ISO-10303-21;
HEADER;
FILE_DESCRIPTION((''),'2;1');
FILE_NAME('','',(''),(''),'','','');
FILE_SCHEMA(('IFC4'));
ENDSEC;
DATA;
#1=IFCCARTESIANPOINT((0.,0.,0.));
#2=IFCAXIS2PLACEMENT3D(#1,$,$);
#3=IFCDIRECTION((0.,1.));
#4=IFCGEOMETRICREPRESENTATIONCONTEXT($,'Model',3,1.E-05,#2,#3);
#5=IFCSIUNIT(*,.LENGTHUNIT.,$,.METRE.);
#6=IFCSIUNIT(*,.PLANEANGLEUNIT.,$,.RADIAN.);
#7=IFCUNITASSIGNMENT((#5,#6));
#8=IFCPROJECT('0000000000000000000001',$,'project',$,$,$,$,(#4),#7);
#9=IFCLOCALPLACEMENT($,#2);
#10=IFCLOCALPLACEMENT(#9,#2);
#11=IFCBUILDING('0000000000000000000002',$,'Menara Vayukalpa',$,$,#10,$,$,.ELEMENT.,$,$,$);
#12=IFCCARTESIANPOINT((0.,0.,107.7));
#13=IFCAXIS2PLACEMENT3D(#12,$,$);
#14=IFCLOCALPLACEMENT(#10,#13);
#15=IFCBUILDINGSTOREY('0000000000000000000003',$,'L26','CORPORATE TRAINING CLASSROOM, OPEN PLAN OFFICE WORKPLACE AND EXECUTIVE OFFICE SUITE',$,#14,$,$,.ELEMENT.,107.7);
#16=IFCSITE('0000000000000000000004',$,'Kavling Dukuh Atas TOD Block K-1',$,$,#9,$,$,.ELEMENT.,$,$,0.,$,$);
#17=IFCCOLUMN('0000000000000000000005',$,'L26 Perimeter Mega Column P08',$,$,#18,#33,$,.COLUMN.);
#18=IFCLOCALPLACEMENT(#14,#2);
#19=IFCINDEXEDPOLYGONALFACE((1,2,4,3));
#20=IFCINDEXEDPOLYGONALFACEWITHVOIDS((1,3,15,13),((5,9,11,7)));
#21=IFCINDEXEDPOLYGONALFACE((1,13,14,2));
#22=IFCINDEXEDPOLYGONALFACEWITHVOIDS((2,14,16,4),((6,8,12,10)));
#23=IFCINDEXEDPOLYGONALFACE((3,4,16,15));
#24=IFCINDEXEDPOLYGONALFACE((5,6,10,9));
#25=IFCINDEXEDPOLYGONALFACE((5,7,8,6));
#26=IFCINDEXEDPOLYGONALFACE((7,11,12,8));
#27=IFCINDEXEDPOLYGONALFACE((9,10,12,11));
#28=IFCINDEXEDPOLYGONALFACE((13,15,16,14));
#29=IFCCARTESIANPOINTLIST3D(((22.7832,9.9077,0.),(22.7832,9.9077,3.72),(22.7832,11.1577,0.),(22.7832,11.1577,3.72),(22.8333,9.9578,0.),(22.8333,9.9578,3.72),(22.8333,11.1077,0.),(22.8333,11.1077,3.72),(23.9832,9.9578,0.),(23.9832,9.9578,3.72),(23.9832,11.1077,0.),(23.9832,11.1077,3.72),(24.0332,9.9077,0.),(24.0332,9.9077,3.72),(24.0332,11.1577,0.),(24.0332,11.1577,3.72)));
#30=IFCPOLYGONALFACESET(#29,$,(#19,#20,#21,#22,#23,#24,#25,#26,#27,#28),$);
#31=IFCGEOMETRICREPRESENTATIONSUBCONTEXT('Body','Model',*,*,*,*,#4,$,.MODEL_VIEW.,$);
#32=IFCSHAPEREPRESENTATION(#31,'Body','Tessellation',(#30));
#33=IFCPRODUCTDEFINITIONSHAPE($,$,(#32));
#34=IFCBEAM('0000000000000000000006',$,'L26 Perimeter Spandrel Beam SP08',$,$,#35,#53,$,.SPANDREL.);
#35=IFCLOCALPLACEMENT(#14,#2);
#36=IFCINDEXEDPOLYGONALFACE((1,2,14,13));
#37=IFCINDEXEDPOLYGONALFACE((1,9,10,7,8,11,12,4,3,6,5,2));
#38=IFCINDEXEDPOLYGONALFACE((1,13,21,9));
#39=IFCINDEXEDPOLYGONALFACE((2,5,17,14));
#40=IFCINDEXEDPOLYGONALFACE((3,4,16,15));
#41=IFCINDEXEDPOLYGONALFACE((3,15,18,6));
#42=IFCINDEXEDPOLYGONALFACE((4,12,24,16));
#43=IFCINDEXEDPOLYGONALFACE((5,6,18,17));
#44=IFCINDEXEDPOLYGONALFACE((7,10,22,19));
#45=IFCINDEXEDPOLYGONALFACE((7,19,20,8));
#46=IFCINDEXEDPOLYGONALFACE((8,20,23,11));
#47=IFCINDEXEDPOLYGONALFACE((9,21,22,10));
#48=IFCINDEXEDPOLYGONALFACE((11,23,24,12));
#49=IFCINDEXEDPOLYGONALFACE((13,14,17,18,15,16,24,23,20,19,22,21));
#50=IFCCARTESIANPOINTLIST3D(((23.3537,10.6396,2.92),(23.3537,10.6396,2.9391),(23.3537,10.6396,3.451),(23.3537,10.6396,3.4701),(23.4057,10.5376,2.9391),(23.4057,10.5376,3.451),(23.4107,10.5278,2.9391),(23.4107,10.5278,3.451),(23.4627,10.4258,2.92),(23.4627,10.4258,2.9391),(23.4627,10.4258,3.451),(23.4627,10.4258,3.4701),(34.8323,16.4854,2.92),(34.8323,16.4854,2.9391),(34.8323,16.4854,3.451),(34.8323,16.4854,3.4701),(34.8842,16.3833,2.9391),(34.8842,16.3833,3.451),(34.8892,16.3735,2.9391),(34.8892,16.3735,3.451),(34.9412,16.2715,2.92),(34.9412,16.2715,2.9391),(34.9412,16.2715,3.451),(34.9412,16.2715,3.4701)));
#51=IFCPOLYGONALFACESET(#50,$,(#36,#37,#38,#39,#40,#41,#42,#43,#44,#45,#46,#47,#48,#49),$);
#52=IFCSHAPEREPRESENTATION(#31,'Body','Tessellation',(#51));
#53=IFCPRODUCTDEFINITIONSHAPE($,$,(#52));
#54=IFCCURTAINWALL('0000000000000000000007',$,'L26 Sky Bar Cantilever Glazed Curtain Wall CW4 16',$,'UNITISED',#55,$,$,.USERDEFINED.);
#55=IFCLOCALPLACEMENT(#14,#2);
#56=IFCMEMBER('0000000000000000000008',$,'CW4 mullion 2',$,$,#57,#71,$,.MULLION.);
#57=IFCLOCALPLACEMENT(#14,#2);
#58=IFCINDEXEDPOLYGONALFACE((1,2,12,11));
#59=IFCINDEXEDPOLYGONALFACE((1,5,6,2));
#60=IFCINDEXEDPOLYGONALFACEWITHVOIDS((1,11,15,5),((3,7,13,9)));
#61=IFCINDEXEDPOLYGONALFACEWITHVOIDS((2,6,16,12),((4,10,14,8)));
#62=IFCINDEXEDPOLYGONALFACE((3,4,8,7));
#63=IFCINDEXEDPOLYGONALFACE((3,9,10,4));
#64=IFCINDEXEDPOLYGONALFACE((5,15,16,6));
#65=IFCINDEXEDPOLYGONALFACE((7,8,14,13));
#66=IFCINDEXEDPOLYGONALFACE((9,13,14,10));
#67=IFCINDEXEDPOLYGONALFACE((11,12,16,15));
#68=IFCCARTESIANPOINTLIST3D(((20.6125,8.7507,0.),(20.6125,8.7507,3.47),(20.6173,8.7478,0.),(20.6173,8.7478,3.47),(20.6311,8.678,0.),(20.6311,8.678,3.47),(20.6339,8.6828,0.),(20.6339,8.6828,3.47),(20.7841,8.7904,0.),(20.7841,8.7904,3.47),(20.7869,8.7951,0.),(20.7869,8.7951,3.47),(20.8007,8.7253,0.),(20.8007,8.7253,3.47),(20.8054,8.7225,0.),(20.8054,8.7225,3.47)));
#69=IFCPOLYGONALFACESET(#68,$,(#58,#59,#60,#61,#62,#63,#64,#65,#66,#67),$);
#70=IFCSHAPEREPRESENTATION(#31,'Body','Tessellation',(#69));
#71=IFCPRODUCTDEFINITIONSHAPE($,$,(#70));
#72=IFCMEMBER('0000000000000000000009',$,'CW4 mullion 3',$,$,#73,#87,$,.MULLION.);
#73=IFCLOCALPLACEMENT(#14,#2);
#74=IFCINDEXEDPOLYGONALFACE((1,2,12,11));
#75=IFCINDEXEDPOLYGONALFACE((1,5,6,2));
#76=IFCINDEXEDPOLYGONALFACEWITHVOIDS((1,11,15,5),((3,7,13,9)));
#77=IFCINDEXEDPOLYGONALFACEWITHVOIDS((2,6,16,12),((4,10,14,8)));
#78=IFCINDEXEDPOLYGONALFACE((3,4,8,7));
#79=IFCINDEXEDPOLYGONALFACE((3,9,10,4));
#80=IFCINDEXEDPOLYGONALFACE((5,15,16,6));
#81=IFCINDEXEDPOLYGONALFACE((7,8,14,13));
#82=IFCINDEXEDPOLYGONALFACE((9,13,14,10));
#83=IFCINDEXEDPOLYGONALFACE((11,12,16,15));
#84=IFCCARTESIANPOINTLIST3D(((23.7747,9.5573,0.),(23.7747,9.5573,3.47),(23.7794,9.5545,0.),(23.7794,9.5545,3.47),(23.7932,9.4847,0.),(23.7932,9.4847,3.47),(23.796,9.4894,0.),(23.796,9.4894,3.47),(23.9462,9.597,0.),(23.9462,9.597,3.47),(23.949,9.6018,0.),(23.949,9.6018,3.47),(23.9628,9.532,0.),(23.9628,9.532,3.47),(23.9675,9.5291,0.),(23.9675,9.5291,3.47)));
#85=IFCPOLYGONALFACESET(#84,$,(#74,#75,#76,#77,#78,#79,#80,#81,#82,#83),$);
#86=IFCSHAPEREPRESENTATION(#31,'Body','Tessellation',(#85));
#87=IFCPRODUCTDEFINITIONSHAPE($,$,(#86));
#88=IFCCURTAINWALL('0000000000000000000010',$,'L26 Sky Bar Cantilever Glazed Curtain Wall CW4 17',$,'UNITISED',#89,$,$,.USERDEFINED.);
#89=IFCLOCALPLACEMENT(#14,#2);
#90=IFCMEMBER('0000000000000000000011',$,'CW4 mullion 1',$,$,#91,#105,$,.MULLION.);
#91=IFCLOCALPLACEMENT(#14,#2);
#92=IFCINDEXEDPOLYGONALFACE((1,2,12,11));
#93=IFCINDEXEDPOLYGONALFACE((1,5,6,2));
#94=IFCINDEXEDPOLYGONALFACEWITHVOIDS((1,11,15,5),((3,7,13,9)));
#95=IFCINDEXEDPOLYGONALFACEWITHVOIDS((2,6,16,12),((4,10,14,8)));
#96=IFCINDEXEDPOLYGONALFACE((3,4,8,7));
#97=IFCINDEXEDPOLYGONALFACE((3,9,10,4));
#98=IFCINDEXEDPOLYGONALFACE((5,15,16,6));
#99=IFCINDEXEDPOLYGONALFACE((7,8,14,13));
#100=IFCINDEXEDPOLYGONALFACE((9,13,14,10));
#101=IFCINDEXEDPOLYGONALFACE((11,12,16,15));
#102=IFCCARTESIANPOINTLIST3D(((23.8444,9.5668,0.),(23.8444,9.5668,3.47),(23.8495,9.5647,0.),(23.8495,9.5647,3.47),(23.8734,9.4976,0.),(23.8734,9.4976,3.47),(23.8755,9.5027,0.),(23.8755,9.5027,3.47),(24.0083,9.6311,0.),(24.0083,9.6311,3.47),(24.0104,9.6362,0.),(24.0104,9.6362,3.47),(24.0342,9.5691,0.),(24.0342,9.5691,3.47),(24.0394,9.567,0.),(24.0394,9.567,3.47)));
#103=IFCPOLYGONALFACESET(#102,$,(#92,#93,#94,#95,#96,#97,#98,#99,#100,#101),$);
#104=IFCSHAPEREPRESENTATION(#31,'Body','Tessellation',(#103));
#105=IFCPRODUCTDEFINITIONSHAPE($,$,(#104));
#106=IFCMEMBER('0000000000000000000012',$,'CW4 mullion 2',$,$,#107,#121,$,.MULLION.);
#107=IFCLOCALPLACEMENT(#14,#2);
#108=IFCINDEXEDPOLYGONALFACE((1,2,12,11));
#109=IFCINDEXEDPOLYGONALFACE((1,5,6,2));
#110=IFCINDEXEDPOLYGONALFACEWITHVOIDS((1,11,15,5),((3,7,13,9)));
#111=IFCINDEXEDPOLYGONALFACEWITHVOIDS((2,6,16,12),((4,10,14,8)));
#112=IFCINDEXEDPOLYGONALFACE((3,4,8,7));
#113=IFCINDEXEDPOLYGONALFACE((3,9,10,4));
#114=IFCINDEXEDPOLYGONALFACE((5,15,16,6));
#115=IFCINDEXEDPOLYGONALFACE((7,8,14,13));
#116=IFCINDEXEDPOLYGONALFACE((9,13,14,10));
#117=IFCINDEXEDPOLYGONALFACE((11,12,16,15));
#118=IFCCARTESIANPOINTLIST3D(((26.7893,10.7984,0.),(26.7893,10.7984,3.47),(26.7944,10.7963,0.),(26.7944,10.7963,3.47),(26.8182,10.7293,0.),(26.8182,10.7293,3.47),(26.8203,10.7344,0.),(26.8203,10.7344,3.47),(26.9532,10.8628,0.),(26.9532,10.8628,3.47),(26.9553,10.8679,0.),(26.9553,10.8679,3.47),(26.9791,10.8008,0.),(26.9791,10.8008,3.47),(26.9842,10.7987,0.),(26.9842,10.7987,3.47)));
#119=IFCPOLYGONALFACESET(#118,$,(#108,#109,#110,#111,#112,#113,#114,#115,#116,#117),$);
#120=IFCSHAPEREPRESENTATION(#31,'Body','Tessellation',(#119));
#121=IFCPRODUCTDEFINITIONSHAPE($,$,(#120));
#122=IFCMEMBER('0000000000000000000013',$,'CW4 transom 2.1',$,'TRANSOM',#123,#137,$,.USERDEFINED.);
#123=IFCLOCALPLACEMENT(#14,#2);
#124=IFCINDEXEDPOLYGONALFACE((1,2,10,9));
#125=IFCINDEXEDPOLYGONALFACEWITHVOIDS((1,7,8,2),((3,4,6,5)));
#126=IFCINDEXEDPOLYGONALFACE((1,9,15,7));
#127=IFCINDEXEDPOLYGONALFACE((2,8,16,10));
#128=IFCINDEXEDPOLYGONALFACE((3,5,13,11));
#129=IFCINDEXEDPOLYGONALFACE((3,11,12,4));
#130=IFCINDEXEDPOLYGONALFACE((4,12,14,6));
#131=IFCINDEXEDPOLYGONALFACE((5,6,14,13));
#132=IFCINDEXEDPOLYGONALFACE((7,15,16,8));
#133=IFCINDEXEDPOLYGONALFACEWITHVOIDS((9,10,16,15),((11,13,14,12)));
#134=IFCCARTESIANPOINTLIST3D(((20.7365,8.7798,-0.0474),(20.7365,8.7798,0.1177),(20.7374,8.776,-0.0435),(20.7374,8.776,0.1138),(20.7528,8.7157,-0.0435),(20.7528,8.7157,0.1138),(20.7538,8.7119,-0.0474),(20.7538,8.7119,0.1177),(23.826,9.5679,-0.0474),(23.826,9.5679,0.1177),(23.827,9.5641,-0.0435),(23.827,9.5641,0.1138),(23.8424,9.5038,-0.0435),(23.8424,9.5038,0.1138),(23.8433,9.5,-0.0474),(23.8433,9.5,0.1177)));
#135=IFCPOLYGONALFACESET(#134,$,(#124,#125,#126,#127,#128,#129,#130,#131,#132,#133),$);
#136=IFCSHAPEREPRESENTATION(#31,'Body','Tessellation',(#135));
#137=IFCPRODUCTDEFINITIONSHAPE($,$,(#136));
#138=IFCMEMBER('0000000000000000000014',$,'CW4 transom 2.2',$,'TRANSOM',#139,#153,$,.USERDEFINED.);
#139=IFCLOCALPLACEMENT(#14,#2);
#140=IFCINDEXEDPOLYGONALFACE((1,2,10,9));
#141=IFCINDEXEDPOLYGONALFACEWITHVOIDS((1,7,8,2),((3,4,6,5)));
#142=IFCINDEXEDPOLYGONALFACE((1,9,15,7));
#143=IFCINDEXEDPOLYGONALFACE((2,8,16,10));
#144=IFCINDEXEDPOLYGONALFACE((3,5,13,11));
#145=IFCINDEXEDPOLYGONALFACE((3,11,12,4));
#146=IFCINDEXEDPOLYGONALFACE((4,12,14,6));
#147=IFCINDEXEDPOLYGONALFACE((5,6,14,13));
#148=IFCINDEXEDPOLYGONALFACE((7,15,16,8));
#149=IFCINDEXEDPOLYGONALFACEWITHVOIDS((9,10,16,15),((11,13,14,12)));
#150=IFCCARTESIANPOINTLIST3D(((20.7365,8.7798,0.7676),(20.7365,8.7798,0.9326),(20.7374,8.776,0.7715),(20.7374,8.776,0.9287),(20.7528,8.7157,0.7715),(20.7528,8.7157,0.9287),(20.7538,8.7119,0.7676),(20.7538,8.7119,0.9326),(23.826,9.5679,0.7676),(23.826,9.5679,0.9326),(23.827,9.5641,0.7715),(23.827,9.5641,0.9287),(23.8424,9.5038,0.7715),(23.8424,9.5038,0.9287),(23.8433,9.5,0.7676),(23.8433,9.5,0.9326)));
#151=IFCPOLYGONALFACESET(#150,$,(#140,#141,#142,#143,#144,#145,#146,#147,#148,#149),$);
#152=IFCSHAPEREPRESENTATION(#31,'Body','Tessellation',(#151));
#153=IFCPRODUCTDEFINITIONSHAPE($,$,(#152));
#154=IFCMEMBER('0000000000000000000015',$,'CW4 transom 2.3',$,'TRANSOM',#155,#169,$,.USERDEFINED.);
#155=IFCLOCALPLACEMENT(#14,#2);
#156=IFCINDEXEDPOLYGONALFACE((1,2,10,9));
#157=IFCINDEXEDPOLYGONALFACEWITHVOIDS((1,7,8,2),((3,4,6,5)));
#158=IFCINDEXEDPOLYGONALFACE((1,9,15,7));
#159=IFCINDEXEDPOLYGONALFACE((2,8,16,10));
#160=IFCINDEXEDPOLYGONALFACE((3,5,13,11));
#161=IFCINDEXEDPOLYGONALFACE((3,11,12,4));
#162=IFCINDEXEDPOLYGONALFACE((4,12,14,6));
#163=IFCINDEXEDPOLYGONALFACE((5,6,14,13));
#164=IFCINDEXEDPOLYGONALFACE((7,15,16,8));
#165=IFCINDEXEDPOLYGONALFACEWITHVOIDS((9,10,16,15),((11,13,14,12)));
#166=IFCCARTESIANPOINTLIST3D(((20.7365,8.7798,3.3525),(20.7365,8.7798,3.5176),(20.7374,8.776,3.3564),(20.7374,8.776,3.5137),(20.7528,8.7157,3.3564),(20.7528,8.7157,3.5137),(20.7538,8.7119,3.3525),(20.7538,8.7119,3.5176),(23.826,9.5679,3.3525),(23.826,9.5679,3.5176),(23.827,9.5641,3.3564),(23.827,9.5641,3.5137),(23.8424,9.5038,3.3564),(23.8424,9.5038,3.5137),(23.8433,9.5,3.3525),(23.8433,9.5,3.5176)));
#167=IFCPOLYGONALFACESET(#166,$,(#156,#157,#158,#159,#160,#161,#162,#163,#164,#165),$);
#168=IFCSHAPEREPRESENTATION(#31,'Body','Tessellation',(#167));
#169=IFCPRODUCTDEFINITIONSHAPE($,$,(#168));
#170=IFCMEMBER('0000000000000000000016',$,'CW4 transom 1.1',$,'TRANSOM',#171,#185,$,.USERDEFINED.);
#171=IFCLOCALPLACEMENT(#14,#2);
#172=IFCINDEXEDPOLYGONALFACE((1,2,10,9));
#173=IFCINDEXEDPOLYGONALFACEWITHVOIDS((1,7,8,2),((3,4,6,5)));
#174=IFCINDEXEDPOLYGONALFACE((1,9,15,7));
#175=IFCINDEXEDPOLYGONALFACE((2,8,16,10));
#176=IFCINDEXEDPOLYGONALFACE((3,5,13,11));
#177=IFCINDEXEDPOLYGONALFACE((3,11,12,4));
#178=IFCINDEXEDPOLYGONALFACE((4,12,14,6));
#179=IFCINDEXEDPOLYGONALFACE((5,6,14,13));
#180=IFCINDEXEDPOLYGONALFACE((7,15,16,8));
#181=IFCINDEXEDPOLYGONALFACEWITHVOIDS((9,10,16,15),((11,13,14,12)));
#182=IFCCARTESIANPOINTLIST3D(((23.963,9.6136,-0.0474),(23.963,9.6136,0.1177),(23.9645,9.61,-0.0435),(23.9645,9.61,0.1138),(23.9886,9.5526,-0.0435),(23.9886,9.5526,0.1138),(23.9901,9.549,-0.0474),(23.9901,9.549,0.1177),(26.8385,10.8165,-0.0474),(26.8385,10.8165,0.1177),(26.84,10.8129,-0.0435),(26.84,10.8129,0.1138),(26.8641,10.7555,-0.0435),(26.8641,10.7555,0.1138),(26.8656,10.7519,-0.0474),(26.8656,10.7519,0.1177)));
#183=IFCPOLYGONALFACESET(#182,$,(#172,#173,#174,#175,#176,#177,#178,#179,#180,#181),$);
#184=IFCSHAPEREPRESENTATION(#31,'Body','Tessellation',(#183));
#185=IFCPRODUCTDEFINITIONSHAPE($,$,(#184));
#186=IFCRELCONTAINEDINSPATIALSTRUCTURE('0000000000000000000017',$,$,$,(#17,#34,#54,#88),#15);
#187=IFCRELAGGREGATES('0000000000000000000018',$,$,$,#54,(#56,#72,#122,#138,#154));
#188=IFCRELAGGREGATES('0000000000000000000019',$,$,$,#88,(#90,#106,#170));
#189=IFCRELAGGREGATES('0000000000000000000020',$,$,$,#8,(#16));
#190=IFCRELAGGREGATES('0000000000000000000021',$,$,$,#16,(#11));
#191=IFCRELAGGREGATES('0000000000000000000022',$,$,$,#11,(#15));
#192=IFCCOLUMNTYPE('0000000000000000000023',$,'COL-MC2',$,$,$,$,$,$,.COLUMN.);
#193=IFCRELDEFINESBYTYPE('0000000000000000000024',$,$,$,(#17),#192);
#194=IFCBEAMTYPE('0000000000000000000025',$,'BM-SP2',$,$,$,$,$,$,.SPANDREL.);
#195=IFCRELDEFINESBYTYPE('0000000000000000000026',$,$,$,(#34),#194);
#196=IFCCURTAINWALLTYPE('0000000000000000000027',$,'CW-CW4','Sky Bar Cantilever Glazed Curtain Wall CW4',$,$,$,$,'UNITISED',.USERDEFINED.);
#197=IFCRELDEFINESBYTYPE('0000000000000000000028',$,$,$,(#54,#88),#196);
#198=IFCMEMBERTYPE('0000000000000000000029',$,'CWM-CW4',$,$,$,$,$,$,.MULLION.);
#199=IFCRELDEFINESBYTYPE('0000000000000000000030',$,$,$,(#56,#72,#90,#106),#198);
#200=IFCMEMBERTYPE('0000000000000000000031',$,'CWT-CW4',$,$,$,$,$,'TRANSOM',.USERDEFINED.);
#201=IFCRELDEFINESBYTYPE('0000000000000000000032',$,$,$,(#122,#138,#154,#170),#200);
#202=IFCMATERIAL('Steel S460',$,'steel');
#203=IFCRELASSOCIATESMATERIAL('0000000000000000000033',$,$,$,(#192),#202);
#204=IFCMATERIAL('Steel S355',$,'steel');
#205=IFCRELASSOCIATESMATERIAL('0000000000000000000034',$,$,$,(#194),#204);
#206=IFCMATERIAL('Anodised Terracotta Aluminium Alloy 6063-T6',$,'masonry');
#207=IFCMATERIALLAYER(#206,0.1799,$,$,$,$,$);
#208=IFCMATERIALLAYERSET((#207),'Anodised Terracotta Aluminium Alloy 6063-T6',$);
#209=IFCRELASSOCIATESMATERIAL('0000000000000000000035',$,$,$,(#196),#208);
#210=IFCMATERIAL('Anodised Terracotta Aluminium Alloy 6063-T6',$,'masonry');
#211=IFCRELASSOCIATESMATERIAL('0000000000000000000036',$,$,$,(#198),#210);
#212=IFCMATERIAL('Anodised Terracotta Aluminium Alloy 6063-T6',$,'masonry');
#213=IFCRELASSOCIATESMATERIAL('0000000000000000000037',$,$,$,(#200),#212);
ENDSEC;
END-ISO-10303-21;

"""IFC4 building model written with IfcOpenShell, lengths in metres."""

from ifc_helpers import new_model, si_unit, direction, frame, origin, origin_2d, place, context, subcontext, project, spatial, hollow_rectangle, i_section, extrude, material, layer, layer_set, material_profile, profile_set, type_object, element, aggregate, save


model = new_model("IFC4")

# Units and contexts
model_context = context("Model", 3, precision=1e-05, world=origin(), true_north=direction((0.0, 1.0)))
body_context = subcontext(model_context, "Body", "Model", "MODEL_VIEW")
ifc_project = project(units=[si_unit("LENGTHUNIT", "METRE"), si_unit("PLANEANGLEUNIT", "RADIAN")], contexts=[model_context])

# Site, building, storey
site_placement = place(None, origin())
site = spatial("IfcSite", under=ifc_project, at=site_placement, Name="Kavling Dukuh Atas TOD Block K-1", CompositionType="ELEMENT", RefElevation=0.0)
building_placement = place(site_placement, origin())
building = spatial("IfcBuilding", under=site, at=building_placement, Name="Menara Vayukalpa", CompositionType="ELEMENT")
storey_placement = place(building_placement, frame((0.0, 0.0, 107.7)))
storey = spatial("IfcBuildingStorey", under=building, at=storey_placement, Name="L26", Description="CORPORATE TRAINING CLASSROOM, OPEN PLAN OFFICE WORKPLACE AND EXECUTIVE OFFICE SUITE", CompositionType="ELEMENT", Elevation=107.7)

# Column
ifc_material_1 = material(Name="Steel S460", Category="steel")
ifc_material_profile_1 = material_profile(ifc_material_1, hollow_rectangle(XDim=1.25, YDim=1.25, WallThickness=0.05, at=origin_2d()), Name="BOX 1250x1250x50")
ifc_profile_set_1 = profile_set([ifc_material_profile_1], Name="Steel S460")
column_type = type_object("IfcColumnType", Name="COL-MC2", PredefinedType="COLUMN", material=ifc_profile_set_1)
column_placement = place(storey_placement, frame((23.4082, 10.5327, 0.0), z_axis=(0.0, 0.0, 1.0), x_axis=(1.0, 0.0, 0.0)))
element("IfcColumn", 1, at=column_placement, inside=storey, type_object=column_type, Name="L26 Perimeter Mega Column P08", PredefinedType="COLUMN", context=body_context, shape_type="SweptSolid", body=[
    extrude(hollow_rectangle(XDim=1.25, YDim=1.25, WallThickness=0.05, at=origin_2d()), origin(), (0.0, 0.0, 1.0), 3.72),
])

# Beam
ifc_material_2 = material(Name="Steel S355", Category="steel")
ifc_material_profile_2 = material_profile(ifc_material_2, i_section(OverallWidth=0.24, OverallDepth=0.55, WebThickness=0.011, FlangeThickness=0.019, at=origin_2d()), Name="WF 550x240x11x19")
ifc_profile_set_2 = profile_set([ifc_material_profile_2], Name="Steel S355")
beam_type = type_object("IfcBeamType", Name="BM-SP2", PredefinedType="SPANDREL", material=ifc_profile_set_2)
beam_placement = place(storey_placement, frame((23.4082, 10.5327, 3.1951), z_axis=(0.891097, 0.453812, 0.0), x_axis=(-0.453812, 0.891097, 0.0)))
element("IfcBeam", 2, at=beam_placement, inside=storey, type_object=beam_type, Name="L26 Perimeter Spandrel Beam SP08", PredefinedType="SPANDREL", context=body_context, shape_type="SweptSolid", body=[
    extrude(i_section(OverallWidth=0.24, OverallDepth=0.55, WebThickness=0.011, FlangeThickness=0.019, at=origin_2d()), origin(), (0.0, 0.0, 1.0), 12.8813),
])

# Curtain walls, members
ifc_material_3 = material(Name="Anodised Terracotta Aluminium Alloy 6063-T6", Category="masonry")
ifc_layer_1 = layer(ifc_material_3, 0.1799)
ifc_layer_set_1 = layer_set([ifc_layer_1], Name="Anodised Terracotta Aluminium Alloy 6063-T6")
curtain_wall_type = type_object("IfcCurtainWallType", Name="CW-CW4", Description="Sky Bar Cantilever Glazed Curtain Wall CW4", ElementType="UNITISED", PredefinedType="USERDEFINED", material=ifc_layer_set_1)
curtain_wall_1_placement = place(storey_placement, origin())
curtain_wall_1 = element("IfcCurtainWall", 3, at=curtain_wall_1_placement, inside=storey, type_object=curtain_wall_type, Name="L26 Sky Bar Cantilever Glazed Curtain Wall CW4 16", ObjectType="UNITISED", PredefinedType="USERDEFINED")
ifc_material_4 = material(Name="Anodised Terracotta Aluminium Alloy 6063-T6", Category="masonry")
ifc_material_profile_3 = material_profile(ifc_material_4, hollow_rectangle(XDim=0.075, YDim=0.1799, WallThickness=0.0039, at=origin_2d()), Name="ALU 75x180x4")
ifc_profile_set_3 = profile_set([ifc_material_profile_3], Name="Anodised Terracotta Aluminium Alloy 6063-T6")
member_type_1 = type_object("IfcMemberType", Name="CWM-CW4", PredefinedType="MULLION", material=ifc_profile_set_3)
member_1_placement = place(storey_placement, frame((20.709, 8.7366, 0.0), z_axis=(0.0, 0.0, 1.0), x_axis=(-0.247131, 0.968982, 0.0)))
member_1 = element("IfcMember", 4, at=member_1_placement, type_object=member_type_1, Name="CW4 mullion 2", PredefinedType="MULLION", context=body_context, shape_type="SweptSolid", body=[
    extrude(hollow_rectangle(XDim=0.075, YDim=0.1799, WallThickness=0.0039, at=origin_2d()), origin(), (0.0, 0.0, 1.0), 3.47),
])
member_2_placement = place(storey_placement, frame((23.8711, 9.5432, 0.0), z_axis=(0.0, 0.0, 1.0), x_axis=(-0.247131, 0.968982, 0.0)))
member_2 = element("IfcMember", 5, at=member_2_placement, type_object=member_type_1, Name="CW4 mullion 3", PredefinedType="MULLION", context=body_context, shape_type="SweptSolid", body=[
    extrude(hollow_rectangle(XDim=0.075, YDim=0.1799, WallThickness=0.0039, at=origin_2d()), origin(), (0.0, 0.0, 1.0), 3.47),
])
curtain_wall_2_placement = place(storey_placement, origin())
curtain_wall_2 = element("IfcCurtainWall", 6, at=curtain_wall_2_placement, inside=storey, type_object=curtain_wall_type, Name="L26 Sky Bar Cantilever Glazed Curtain Wall CW4 17", ObjectType="UNITISED", PredefinedType="USERDEFINED")
member_3_placement = place(storey_placement, frame((23.9419, 9.5669, 0.0), z_axis=(0.0, 0.0, 1.0), x_axis=(-0.385894, 0.922543, 0.0)))
member_3 = element("IfcMember", 7, at=member_3_placement, type_object=member_type_1, Name="CW4 mullion 1", PredefinedType="MULLION", context=body_context, shape_type="SweptSolid", body=[
    extrude(hollow_rectangle(XDim=0.075, YDim=0.1799, WallThickness=0.0039, at=origin_2d()), origin(), (0.0, 0.0, 1.0), 3.47),
])
member_4_placement = place(storey_placement, frame((26.8867, 10.7986, 0.0), z_axis=(0.0, 0.0, 1.0), x_axis=(-0.385894, 0.922543, 0.0)))
member_4 = element("IfcMember", 8, at=member_4_placement, type_object=member_type_1, Name="CW4 mullion 2", PredefinedType="MULLION", context=body_context, shape_type="SweptSolid", body=[
    extrude(hollow_rectangle(XDim=0.075, YDim=0.1799, WallThickness=0.0039, at=origin_2d()), origin(), (0.0, 0.0, 1.0), 3.47),
])

# Members
ifc_material_5 = material(Name="Anodised Terracotta Aluminium Alloy 6063-T6", Category="masonry")
ifc_material_profile_4 = material_profile(ifc_material_5, hollow_rectangle(XDim=0.0701, YDim=0.165, WallThickness=0.0039, at=origin_2d()), Name="ALU 70x165x4")
ifc_profile_set_4 = profile_set([ifc_material_profile_4], Name="Anodised Terracotta Aluminium Alloy 6063-T6")
member_type_2 = type_object("IfcMemberType", Name="CWT-CW4", ElementType="TRANSOM", PredefinedType="USERDEFINED", material=ifc_profile_set_4)
member_5_placement = place(storey_placement, frame((20.7451, 8.7458, 0.0352), z_axis=(0.968974, 0.247163, 0.0), x_axis=(-0.247163, 0.968974, 0.0)))
member_5 = element("IfcMember", 9, at=member_5_placement, type_object=member_type_2, Name="CW4 transom 2.1", ObjectType="TRANSOM", PredefinedType="USERDEFINED", context=body_context, shape_type="SweptSolid", body=[
    extrude(hollow_rectangle(XDim=0.0701, YDim=0.165, WallThickness=0.0039, at=origin_2d()), origin(), (0.0, 0.0, 1.0), 3.1885),
])
member_6_placement = place(storey_placement, frame((20.7451, 8.7458, 0.8501), z_axis=(0.968974, 0.247163, 0.0), x_axis=(-0.247163, 0.968974, 0.0)))
member_6 = element("IfcMember", 10, at=member_6_placement, type_object=member_type_2, Name="CW4 transom 2.2", ObjectType="TRANSOM", PredefinedType="USERDEFINED", context=body_context, shape_type="SweptSolid", body=[
    extrude(hollow_rectangle(XDim=0.0701, YDim=0.165, WallThickness=0.0039, at=origin_2d()), origin(), (0.0, 0.0, 1.0), 3.1885),
])
member_7_placement = place(storey_placement, frame((20.7451, 8.7458, 3.4351), z_axis=(0.968974, 0.247163, 0.0), x_axis=(-0.247163, 0.968974, 0.0)))
member_7 = element("IfcMember", 11, at=member_7_placement, type_object=member_type_2, Name="CW4 transom 2.3", ObjectType="TRANSOM", PredefinedType="USERDEFINED", context=body_context, shape_type="SweptSolid", body=[
    extrude(hollow_rectangle(XDim=0.0701, YDim=0.165, WallThickness=0.0039, at=origin_2d()), origin(), (0.0, 0.0, 1.0), 3.1885),
])
member_8_placement = place(storey_placement, frame((23.9766, 9.5813, 0.0352), z_axis=(0.922534, 0.385916, 0.0), x_axis=(-0.385916, 0.922534, 0.0)))
member_8 = element("IfcMember", 12, at=member_8_placement, type_object=member_type_2, Name="CW4 transom 1.1", ObjectType="TRANSOM", PredefinedType="USERDEFINED", context=body_context, shape_type="SweptSolid", body=[
    extrude(hollow_rectangle(XDim=0.0701, YDim=0.165, WallThickness=0.0039, at=origin_2d()), origin(), (0.0, 0.0, 1.0), 3.1169),
])

aggregate(curtain_wall_1, [member_1, member_2, member_5, member_6, member_7])
aggregate(curtain_wall_2, [member_3, member_4, member_8])

save(model, "model.ifc")
